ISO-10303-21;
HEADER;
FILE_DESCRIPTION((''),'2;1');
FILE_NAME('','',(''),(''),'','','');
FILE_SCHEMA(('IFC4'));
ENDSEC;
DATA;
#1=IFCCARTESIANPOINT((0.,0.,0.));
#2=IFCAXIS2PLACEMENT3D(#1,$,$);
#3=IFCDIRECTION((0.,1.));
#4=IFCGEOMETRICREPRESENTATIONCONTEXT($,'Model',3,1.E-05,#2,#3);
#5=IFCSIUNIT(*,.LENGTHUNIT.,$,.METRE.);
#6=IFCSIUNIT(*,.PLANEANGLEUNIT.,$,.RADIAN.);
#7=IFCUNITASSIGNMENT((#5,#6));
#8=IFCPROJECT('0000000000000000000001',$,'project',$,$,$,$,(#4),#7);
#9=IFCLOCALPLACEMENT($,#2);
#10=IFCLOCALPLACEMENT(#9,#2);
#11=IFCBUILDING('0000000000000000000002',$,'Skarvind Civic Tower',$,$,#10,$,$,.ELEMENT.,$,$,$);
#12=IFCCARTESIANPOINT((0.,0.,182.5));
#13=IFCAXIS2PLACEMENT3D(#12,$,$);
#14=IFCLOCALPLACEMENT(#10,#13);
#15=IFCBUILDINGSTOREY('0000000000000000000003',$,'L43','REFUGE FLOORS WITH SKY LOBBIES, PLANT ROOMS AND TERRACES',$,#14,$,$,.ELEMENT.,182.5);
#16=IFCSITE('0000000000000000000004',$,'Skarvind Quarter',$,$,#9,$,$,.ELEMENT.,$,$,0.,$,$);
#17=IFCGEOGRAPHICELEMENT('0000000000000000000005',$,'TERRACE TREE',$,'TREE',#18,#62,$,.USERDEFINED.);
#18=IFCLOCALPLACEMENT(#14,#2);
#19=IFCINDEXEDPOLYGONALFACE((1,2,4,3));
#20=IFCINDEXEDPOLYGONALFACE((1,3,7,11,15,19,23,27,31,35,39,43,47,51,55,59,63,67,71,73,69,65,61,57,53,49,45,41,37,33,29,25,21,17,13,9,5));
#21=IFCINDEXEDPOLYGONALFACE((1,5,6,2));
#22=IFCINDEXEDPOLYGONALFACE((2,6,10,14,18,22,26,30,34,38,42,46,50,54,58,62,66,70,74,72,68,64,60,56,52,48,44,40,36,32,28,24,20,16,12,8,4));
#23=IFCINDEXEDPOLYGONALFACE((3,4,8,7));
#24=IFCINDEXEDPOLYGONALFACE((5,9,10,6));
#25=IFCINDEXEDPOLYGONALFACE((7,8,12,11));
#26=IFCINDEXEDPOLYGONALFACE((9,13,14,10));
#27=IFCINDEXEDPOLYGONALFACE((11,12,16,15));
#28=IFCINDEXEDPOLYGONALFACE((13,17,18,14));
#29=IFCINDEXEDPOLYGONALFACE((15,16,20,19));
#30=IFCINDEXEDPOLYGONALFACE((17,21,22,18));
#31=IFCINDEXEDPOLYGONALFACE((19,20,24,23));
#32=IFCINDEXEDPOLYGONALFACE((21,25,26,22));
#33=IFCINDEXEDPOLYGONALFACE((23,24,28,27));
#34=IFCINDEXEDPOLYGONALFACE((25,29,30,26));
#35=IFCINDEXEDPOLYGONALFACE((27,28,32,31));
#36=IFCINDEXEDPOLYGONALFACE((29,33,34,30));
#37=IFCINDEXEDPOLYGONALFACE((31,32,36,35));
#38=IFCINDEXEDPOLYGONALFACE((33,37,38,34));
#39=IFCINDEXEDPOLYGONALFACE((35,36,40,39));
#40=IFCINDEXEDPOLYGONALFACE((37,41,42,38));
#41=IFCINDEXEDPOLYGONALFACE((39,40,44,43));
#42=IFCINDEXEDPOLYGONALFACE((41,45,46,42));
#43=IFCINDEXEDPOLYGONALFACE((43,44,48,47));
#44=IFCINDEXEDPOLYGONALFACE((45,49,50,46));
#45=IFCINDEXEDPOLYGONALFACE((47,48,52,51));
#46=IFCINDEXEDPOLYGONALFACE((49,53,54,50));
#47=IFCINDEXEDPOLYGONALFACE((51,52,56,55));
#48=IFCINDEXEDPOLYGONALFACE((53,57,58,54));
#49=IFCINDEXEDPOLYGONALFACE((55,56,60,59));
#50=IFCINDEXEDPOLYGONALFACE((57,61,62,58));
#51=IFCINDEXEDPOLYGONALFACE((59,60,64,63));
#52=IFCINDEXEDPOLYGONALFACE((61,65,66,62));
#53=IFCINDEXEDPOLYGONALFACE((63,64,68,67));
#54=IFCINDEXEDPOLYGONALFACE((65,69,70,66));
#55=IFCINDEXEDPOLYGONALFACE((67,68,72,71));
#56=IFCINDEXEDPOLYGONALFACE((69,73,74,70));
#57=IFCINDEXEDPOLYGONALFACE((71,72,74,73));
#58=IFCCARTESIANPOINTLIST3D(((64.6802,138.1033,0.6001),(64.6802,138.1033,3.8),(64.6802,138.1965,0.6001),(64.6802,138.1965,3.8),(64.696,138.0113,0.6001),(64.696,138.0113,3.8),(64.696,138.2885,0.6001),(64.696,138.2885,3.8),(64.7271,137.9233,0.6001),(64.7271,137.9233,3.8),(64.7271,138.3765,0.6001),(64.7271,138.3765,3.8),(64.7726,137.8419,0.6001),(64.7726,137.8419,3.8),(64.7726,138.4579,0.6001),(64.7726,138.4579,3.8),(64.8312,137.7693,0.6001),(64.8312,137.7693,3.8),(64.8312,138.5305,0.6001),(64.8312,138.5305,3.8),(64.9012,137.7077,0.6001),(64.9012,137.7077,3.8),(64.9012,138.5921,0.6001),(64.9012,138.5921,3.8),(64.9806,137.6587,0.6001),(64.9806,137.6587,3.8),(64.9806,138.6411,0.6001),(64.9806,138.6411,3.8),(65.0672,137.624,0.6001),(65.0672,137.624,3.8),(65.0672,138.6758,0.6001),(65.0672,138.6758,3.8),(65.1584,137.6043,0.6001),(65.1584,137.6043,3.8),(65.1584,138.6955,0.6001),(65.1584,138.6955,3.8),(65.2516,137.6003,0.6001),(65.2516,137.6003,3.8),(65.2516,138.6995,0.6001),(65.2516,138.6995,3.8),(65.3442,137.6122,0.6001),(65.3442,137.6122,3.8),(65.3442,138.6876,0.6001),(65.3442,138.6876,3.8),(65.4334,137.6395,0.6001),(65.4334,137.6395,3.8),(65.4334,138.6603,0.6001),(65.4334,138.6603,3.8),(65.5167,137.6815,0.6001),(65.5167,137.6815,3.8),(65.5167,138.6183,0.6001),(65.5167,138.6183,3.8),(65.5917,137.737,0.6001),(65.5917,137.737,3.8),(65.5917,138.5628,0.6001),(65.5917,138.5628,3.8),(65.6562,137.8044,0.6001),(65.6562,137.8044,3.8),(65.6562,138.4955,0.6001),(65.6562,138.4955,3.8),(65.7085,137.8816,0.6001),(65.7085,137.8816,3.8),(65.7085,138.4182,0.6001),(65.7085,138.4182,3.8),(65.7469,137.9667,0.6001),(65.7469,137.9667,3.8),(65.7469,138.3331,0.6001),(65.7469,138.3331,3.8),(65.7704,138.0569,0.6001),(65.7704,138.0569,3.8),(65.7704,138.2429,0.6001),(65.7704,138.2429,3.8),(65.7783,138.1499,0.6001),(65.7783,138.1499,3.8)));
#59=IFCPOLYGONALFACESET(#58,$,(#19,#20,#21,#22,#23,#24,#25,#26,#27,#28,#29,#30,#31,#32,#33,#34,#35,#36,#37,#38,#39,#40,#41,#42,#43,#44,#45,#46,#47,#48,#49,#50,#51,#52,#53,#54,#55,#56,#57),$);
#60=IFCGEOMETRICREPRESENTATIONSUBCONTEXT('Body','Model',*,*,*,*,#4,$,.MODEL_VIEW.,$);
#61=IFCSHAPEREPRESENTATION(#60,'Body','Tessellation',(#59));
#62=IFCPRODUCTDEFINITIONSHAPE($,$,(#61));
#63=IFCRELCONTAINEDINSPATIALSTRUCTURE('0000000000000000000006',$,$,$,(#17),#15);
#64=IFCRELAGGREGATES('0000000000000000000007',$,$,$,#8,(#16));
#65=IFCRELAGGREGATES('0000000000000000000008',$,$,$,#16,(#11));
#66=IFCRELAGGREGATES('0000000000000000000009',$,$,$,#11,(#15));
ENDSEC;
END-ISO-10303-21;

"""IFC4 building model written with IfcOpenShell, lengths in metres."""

from ifc_helpers import new_model, si_unit, direction, frame, origin, origin_2d, place, context, subcontext, project, spatial, circle, extrude, element, save


model = new_model("IFC4")

# Units and contexts
model_context = context("Model", 3, precision=1e-05, world=origin(), true_north=direction((0.0, 1.0)))
body_context = subcontext(model_context, "Body", "Model", "MODEL_VIEW")
ifc_project = project(units=[si_unit("LENGTHUNIT", "METRE"), si_unit("PLANEANGLEUNIT", "RADIAN")], contexts=[model_context])

# Site, building, storey
site_placement = place(None, origin())
site = spatial("IfcSite", under=ifc_project, at=site_placement, Name="Skarvind Quarter", CompositionType="ELEMENT", RefElevation=0.0)
building_placement = place(site_placement, origin())
building = spatial("IfcBuilding", under=site, at=building_placement, Name="Skarvind Civic Tower", CompositionType="ELEMENT")
storey_placement = place(building_placement, frame((0.0, 0.0, 182.5)))
storey = spatial("IfcBuildingStorey", under=building, at=storey_placement, Name="L43", Description="REFUGE FLOORS WITH SKY LOBBIES, PLANT ROOMS AND TERRACES", CompositionType="ELEMENT", Elevation=182.5)

# Geographic element
geographic_element_placement = place(storey_placement, frame((65.2283, 138.1499, 0.6001), z_axis=(0.0, 0.0, 1.0), x_axis=(1.0, 0.0, 0.0)))
element("IfcGeographicElement", 1, at=geographic_element_placement, inside=storey, Name="TERRACE TREE", ObjectType="TREE", PredefinedType="USERDEFINED", context=body_context, shape_type="SweptSolid", body=[
    extrude(circle(Radius=0.55, at=origin_2d()), origin(), (0.0, 0.0, 1.0), 3.2),
])

save(model, "model.ifc")
